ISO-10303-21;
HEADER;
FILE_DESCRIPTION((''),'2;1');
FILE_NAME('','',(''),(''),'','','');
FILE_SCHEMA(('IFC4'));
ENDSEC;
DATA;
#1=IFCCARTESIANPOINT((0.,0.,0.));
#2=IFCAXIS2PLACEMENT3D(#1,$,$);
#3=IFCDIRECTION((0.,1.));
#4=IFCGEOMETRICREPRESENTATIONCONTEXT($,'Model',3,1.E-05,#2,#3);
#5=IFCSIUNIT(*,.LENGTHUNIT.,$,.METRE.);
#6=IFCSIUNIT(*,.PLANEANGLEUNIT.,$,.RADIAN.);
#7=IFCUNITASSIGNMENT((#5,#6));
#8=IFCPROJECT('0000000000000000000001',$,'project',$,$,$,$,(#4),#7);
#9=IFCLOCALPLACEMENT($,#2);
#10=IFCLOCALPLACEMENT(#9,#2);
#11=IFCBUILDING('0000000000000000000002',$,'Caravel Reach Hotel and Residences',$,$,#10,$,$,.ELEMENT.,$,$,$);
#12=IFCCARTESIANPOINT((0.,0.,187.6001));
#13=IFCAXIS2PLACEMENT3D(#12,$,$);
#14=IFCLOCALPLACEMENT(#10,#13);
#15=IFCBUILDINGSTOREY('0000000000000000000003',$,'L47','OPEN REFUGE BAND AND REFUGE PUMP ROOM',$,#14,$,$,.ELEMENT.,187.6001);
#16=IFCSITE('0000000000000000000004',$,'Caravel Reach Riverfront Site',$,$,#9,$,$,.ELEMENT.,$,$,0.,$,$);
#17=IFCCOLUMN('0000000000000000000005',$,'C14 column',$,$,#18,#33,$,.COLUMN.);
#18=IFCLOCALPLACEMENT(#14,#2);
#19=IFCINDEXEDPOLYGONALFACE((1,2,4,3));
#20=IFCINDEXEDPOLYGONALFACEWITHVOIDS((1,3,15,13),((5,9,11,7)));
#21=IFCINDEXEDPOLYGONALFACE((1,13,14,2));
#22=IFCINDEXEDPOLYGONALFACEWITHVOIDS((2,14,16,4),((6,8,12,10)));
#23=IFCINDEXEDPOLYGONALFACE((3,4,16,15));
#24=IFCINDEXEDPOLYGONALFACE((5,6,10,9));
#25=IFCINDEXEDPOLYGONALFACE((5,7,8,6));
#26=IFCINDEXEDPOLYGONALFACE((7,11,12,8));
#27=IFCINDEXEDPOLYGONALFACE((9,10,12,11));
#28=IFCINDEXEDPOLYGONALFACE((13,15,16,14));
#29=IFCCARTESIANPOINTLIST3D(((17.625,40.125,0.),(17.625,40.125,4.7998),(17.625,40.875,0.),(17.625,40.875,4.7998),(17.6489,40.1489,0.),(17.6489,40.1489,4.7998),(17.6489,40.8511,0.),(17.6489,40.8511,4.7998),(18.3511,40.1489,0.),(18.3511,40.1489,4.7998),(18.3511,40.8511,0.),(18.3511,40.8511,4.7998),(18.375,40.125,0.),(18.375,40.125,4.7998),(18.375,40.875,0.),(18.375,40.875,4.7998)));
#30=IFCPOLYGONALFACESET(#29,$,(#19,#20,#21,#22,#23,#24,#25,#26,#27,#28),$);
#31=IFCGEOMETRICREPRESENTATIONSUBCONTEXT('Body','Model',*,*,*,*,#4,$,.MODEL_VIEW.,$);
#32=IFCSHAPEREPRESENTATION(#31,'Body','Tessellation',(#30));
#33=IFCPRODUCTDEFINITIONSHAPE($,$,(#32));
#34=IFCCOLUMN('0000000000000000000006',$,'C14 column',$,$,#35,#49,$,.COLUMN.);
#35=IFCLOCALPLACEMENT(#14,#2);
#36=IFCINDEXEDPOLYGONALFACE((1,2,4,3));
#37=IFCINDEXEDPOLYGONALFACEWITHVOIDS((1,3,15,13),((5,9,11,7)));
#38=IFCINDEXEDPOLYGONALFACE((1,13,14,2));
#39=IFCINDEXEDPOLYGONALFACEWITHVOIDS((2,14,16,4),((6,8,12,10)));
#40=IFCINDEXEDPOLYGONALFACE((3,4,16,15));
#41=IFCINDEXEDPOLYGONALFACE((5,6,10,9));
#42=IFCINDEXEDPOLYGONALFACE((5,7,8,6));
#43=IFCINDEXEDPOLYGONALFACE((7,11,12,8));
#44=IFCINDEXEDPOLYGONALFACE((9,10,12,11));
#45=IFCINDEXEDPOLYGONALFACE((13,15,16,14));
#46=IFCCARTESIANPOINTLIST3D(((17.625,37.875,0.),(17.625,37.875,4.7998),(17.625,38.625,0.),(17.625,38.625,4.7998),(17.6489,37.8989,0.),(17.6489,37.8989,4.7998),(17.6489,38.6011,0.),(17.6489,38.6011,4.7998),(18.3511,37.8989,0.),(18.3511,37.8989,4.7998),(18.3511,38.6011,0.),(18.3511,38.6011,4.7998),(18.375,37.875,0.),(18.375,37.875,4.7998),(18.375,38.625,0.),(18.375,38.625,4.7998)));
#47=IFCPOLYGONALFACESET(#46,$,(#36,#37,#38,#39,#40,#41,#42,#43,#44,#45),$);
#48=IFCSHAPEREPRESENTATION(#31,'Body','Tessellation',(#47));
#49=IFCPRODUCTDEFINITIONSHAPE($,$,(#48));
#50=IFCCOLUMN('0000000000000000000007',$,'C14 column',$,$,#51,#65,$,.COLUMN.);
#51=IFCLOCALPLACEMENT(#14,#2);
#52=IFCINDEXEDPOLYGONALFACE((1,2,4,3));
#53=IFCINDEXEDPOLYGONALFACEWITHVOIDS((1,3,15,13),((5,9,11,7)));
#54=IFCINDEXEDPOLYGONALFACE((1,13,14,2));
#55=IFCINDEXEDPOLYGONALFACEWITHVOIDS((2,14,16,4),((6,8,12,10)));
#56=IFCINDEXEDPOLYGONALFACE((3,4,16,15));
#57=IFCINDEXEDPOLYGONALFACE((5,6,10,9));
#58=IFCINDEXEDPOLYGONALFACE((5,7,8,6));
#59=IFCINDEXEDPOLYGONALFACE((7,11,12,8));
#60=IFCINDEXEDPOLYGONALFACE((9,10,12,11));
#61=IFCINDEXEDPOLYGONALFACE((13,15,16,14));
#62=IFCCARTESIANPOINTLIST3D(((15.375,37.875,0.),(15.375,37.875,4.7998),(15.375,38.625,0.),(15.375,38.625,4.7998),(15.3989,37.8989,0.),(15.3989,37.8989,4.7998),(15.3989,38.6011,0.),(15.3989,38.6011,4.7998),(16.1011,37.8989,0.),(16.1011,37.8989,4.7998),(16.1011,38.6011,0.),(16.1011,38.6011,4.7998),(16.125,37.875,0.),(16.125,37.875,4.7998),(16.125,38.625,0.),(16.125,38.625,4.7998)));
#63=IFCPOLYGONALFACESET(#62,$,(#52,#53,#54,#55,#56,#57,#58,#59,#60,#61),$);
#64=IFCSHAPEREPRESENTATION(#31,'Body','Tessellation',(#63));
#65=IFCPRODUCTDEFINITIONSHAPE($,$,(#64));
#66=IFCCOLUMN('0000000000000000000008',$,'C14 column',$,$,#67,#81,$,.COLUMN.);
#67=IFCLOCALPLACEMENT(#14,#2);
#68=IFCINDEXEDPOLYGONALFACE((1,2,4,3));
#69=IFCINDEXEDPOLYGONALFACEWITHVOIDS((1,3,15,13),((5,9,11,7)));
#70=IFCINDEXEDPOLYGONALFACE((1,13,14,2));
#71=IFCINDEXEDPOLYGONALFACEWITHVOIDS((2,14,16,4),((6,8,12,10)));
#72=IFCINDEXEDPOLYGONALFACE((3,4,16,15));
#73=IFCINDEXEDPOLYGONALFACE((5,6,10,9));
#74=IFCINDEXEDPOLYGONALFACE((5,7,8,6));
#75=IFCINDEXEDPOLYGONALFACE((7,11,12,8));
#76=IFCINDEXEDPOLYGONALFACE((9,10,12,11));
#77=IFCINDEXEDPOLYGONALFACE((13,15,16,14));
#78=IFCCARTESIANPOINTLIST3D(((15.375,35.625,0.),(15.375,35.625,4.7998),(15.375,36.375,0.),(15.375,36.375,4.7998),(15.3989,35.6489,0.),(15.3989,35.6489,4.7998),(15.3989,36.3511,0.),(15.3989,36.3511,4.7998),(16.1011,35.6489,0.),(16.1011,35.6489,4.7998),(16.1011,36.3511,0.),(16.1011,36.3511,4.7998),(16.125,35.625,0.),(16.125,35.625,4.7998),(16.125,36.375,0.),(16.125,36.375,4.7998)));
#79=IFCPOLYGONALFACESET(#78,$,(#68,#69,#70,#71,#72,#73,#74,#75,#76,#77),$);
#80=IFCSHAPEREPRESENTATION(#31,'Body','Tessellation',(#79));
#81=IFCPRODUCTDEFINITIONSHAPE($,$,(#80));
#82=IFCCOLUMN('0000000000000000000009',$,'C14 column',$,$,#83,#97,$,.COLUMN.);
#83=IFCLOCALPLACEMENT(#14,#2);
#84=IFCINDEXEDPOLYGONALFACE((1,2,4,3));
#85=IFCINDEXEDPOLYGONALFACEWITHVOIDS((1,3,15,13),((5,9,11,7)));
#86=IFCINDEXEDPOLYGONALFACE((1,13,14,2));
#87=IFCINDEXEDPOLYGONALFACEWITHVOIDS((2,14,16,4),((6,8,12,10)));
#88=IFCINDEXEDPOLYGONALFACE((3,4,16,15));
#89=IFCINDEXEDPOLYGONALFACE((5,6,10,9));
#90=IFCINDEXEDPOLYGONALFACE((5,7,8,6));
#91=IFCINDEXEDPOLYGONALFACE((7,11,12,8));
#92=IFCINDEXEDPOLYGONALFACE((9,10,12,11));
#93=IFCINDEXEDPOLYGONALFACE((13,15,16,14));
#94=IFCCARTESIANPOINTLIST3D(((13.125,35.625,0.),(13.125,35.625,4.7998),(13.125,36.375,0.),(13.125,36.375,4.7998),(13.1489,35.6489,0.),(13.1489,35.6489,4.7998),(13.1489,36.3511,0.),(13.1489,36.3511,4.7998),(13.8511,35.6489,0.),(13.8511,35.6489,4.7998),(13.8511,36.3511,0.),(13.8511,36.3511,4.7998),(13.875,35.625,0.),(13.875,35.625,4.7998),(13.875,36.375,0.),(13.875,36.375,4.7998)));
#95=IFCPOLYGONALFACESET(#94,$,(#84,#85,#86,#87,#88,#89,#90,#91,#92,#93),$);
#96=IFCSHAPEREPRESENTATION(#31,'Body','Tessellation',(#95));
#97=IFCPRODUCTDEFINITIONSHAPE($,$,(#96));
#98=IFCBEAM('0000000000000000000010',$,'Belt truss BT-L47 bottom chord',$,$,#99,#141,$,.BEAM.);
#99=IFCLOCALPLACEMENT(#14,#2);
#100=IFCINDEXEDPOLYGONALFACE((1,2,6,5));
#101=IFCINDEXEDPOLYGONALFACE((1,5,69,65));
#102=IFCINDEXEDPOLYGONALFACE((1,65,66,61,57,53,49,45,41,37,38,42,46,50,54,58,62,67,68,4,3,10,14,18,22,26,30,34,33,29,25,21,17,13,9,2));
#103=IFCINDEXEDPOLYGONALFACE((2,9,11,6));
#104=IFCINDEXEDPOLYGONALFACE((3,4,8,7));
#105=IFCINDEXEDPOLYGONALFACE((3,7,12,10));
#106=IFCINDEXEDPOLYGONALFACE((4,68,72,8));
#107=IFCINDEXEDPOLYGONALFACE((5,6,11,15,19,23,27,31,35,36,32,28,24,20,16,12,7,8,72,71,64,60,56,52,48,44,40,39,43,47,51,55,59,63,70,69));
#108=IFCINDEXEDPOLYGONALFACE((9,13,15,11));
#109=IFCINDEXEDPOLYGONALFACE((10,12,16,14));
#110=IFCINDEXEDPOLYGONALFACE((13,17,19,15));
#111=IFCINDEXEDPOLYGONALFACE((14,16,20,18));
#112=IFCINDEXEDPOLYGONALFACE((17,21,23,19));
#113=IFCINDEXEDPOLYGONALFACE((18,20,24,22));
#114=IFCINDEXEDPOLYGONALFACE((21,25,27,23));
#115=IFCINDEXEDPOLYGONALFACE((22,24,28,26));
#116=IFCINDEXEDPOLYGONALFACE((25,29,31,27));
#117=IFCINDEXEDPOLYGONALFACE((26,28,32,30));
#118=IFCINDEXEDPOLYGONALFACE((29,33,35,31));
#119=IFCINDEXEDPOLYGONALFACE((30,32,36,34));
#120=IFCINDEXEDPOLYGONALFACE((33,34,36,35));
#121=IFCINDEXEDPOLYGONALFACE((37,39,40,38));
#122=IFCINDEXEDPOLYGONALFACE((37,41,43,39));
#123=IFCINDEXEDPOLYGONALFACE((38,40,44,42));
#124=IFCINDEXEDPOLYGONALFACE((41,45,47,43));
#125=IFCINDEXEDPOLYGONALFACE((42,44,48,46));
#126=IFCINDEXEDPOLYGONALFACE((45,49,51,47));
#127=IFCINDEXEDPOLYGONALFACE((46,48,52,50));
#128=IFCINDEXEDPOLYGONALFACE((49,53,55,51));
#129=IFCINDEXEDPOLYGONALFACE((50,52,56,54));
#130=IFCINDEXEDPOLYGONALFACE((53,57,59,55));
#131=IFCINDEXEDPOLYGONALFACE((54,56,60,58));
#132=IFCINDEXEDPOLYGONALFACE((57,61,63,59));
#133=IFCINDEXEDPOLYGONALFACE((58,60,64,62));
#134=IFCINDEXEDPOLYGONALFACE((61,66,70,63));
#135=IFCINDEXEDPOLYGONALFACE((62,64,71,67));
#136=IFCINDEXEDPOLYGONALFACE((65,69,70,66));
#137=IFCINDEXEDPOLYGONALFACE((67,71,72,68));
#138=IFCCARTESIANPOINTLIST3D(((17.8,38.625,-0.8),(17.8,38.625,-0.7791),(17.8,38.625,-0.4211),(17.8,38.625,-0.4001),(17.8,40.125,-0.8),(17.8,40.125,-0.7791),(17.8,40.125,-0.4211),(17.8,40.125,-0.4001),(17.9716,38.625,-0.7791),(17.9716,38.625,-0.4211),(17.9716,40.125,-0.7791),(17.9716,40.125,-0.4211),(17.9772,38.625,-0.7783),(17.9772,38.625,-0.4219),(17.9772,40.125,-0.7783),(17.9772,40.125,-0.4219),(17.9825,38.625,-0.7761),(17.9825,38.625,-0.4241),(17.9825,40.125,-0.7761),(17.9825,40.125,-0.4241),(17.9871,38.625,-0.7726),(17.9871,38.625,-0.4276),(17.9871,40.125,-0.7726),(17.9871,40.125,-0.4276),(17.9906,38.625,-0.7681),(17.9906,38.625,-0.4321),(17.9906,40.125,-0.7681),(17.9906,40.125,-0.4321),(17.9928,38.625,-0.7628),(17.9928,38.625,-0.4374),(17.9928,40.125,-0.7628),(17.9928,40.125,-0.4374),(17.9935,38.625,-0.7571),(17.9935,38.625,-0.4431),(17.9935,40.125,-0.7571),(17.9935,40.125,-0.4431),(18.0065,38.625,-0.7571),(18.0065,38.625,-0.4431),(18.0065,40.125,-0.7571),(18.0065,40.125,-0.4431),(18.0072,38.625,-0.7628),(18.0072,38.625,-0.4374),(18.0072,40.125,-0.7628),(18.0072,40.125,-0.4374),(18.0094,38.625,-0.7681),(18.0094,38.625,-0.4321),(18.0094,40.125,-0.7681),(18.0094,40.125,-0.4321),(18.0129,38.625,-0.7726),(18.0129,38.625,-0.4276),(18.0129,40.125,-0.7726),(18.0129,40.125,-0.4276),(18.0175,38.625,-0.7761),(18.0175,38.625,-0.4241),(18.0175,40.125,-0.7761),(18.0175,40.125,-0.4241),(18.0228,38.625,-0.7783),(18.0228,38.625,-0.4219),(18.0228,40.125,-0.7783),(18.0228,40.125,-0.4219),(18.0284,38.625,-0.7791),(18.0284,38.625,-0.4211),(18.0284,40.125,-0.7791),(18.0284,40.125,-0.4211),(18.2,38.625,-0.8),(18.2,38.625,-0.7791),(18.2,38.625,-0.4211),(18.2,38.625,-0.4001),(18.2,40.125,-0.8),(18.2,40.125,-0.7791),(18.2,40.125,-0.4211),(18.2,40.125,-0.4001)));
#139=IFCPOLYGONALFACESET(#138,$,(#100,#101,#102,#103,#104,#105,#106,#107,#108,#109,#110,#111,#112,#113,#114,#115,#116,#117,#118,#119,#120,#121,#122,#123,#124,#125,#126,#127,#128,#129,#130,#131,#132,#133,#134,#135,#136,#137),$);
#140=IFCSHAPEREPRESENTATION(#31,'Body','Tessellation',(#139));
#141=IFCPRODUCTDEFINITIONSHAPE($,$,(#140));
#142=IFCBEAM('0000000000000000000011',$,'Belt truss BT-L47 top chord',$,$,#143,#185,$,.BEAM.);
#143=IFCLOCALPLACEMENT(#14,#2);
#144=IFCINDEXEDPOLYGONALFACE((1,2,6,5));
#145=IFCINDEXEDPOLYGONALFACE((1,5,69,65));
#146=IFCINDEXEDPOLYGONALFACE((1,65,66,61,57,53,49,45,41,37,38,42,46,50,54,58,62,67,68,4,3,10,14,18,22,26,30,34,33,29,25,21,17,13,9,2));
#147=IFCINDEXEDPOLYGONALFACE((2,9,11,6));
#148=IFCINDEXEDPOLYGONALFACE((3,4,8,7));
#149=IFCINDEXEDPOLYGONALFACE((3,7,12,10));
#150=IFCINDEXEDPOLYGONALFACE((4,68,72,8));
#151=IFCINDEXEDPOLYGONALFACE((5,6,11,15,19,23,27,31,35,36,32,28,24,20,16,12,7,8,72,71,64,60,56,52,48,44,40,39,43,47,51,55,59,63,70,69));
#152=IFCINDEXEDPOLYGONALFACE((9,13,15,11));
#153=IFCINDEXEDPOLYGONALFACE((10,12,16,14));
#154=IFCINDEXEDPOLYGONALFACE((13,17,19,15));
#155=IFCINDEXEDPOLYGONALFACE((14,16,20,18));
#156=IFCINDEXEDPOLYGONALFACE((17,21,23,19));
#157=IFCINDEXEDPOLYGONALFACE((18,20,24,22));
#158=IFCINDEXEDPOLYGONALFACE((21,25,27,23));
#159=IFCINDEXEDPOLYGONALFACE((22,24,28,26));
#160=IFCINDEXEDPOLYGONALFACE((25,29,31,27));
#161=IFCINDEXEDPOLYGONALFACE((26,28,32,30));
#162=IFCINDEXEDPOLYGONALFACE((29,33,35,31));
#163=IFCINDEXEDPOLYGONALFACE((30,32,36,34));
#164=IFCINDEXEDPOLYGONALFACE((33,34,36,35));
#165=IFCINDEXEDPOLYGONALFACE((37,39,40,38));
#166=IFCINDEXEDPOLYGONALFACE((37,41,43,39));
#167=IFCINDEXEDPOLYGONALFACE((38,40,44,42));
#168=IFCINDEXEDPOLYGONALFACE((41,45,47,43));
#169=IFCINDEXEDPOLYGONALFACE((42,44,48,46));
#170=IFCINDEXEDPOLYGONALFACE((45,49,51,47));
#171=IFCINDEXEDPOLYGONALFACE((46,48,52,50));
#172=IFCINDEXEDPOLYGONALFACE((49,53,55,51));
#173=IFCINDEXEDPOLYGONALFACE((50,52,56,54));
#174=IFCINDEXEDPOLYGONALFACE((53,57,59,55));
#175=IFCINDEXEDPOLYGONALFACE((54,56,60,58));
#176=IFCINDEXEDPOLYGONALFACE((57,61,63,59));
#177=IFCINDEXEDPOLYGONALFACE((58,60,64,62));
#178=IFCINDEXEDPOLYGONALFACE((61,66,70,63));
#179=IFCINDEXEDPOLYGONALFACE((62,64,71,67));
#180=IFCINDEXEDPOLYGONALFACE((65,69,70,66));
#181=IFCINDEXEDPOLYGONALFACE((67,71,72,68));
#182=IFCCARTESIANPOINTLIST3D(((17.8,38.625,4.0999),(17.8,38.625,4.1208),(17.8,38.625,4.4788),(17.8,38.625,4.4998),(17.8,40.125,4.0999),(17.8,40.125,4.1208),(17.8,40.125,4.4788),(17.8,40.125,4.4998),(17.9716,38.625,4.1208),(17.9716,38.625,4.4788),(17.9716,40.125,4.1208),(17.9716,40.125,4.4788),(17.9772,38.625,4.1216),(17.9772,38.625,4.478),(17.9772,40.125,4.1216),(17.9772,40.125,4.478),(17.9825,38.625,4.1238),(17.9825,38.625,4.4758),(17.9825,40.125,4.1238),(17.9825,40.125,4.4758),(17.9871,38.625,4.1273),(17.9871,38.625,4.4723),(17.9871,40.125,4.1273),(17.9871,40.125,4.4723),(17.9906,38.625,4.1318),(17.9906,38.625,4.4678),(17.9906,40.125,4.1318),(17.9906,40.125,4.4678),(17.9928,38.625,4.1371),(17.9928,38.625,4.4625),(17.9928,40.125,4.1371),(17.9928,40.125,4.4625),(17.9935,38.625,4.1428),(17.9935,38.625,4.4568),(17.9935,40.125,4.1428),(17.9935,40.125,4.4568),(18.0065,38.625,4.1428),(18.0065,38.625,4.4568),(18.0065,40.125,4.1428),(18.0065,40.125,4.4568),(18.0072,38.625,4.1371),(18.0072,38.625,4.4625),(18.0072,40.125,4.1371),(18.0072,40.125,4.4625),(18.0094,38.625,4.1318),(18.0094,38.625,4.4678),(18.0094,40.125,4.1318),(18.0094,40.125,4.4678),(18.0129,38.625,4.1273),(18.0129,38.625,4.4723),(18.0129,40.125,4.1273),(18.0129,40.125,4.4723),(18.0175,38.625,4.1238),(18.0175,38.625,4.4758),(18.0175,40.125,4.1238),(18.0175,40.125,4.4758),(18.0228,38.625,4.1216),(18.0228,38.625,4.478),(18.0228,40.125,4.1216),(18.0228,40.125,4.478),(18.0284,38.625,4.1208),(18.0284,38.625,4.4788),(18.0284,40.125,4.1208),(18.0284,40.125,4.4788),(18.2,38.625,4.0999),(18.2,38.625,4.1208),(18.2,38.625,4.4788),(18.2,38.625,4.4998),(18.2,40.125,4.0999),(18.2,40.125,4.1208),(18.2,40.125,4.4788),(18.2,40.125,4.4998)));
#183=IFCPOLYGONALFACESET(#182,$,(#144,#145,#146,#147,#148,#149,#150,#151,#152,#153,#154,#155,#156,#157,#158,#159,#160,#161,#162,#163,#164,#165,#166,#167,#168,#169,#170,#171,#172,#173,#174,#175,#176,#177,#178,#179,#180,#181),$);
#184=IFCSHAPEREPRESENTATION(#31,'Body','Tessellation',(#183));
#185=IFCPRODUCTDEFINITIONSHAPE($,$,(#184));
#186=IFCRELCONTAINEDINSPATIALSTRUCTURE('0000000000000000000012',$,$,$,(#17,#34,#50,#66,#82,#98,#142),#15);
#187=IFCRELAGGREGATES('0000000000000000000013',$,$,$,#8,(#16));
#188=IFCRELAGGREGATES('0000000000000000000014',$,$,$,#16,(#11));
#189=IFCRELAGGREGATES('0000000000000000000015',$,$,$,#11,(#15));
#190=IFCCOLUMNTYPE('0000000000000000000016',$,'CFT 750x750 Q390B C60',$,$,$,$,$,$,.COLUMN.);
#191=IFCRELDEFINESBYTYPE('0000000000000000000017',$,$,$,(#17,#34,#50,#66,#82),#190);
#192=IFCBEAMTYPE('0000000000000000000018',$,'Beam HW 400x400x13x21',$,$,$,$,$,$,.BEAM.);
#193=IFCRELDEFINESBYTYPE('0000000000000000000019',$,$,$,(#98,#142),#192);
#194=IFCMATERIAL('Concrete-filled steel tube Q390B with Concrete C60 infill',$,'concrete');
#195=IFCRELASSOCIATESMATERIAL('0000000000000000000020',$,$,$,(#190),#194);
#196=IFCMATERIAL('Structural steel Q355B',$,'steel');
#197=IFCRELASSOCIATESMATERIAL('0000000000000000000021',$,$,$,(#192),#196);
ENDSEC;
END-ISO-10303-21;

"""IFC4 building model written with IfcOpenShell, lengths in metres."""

from ifc_helpers import new_model, si_unit, direction, frame, origin, origin_2d, place, context, subcontext, project, spatial, hollow_rectangle, i_section, extrude, material, material_profile, profile_set, type_object, element, save


model = new_model("IFC4")

# Units and contexts
model_context = context("Model", 3, precision=1e-05, world=origin(), true_north=direction((0.0, 1.0)))
body_context = subcontext(model_context, "Body", "Model", "MODEL_VIEW")
ifc_project = project(units=[si_unit("LENGTHUNIT", "METRE"), si_unit("PLANEANGLEUNIT", "RADIAN")], contexts=[model_context])

# Site, building, storey
site_placement = place(None, origin())
site = spatial("IfcSite", under=ifc_project, at=site_placement, Name="Caravel Reach Riverfront Site", CompositionType="ELEMENT", RefElevation=0.0)
building_placement = place(site_placement, origin())
building = spatial("IfcBuilding", under=site, at=building_placement, Name="Caravel Reach Hotel and Residences", CompositionType="ELEMENT")
storey_placement = place(building_placement, frame((0.0, 0.0, 187.6001)))
storey = spatial("IfcBuildingStorey", under=building, at=storey_placement, Name="L47", Description="OPEN REFUGE BAND AND REFUGE PUMP ROOM", CompositionType="ELEMENT", Elevation=187.6001)

# Columns
ifc_material_1 = material(Name="Concrete-filled steel tube Q390B with Concrete C60 infill", Category="concrete")
ifc_material_profile_1 = material_profile(ifc_material_1, hollow_rectangle(XDim=0.75, YDim=0.75, WallThickness=0.0239, at=origin_2d()), Name="RHS 750x750x24")
ifc_profile_set_1 = profile_set([ifc_material_profile_1], Name="Concrete-filled steel tube Q390B with Concrete C60 infill")
column_type = type_object("IfcColumnType", Name="CFT 750x750 Q390B C60", PredefinedType="COLUMN", material=ifc_profile_set_1)
for number, where, z_axis, x_axis, name in (
    (1, (18.0, 40.5, 0.0), (0.0, 0.0, 1.0), (1.0, 0.0, 0.0), "C14 column"),
    (2, (18.0, 38.25, 0.0), (0.0, 0.0, 1.0), (1.0, 0.0, 0.0), "C14 column"),
    (3, (15.75, 38.25, 0.0), (0.0, 0.0, 1.0), (1.0, 0.0, 0.0), "C14 column"),
    (4, (15.75, 36.0, 0.0), (0.0, 0.0, 1.0), (1.0, 0.0, 0.0), "C14 column"),
    (5, (13.5, 36.0, 0.0), (0.0, 0.0, 1.0), (1.0, 0.0, 0.0), "C14 column"),
):
    element("IfcColumn", number, at=place(storey_placement, frame(where, z_axis=z_axis, x_axis=x_axis)), inside=storey, type_object=column_type, Name=name, PredefinedType="COLUMN", context=body_context, shape_type="SweptSolid", body=[
        extrude(hollow_rectangle(XDim=0.75, YDim=0.75, WallThickness=0.0239, at=origin_2d()), origin(), (0.0, 0.0, 1.0), 4.7998),
    ])

# Beams
ifc_material_2 = material(Name="Structural steel Q355B", Category="steel")
ifc_material_profile_2 = material_profile(ifc_material_2, i_section(OverallWidth=0.3999, OverallDepth=0.3999, WebThickness=0.0129, FlangeThickness=0.021, FilletRadius=0.022, at=origin_2d()), Name="HW 400x400x13x21")
ifc_profile_set_2 = profile_set([ifc_material_profile_2], Name="Structural steel Q355B")
beam_type = type_object("IfcBeamType", Name="Beam HW 400x400x13x21", PredefinedType="BEAM", material=ifc_profile_set_2)
for number, where, z_axis, x_axis, name in (
    (6, (18.0, 40.125, -0.6001), (0.0, -1.0, 0.0), (1.0, 0.0, 0.0), "Belt truss BT-L47 bottom chord"),
    (7, (18.0, 40.125, 4.2998), (0.0, -1.0, 0.0), (1.0, 0.0, 0.0), "Belt truss BT-L47 top chord"),
):
    element("IfcBeam", number, at=place(storey_placement, frame(where, z_axis=z_axis, x_axis=x_axis)), inside=storey, type_object=beam_type, Name=name, PredefinedType="BEAM", context=body_context, shape_type="SweptSolid", body=[
        extrude(i_section(OverallWidth=0.3999, OverallDepth=0.3999, WebThickness=0.0129, FlangeThickness=0.021, FilletRadius=0.022, at=origin_2d()), origin(), (0.0, 0.0, 1.0), 1.5),
    ])

save(model, "model.ifc")
